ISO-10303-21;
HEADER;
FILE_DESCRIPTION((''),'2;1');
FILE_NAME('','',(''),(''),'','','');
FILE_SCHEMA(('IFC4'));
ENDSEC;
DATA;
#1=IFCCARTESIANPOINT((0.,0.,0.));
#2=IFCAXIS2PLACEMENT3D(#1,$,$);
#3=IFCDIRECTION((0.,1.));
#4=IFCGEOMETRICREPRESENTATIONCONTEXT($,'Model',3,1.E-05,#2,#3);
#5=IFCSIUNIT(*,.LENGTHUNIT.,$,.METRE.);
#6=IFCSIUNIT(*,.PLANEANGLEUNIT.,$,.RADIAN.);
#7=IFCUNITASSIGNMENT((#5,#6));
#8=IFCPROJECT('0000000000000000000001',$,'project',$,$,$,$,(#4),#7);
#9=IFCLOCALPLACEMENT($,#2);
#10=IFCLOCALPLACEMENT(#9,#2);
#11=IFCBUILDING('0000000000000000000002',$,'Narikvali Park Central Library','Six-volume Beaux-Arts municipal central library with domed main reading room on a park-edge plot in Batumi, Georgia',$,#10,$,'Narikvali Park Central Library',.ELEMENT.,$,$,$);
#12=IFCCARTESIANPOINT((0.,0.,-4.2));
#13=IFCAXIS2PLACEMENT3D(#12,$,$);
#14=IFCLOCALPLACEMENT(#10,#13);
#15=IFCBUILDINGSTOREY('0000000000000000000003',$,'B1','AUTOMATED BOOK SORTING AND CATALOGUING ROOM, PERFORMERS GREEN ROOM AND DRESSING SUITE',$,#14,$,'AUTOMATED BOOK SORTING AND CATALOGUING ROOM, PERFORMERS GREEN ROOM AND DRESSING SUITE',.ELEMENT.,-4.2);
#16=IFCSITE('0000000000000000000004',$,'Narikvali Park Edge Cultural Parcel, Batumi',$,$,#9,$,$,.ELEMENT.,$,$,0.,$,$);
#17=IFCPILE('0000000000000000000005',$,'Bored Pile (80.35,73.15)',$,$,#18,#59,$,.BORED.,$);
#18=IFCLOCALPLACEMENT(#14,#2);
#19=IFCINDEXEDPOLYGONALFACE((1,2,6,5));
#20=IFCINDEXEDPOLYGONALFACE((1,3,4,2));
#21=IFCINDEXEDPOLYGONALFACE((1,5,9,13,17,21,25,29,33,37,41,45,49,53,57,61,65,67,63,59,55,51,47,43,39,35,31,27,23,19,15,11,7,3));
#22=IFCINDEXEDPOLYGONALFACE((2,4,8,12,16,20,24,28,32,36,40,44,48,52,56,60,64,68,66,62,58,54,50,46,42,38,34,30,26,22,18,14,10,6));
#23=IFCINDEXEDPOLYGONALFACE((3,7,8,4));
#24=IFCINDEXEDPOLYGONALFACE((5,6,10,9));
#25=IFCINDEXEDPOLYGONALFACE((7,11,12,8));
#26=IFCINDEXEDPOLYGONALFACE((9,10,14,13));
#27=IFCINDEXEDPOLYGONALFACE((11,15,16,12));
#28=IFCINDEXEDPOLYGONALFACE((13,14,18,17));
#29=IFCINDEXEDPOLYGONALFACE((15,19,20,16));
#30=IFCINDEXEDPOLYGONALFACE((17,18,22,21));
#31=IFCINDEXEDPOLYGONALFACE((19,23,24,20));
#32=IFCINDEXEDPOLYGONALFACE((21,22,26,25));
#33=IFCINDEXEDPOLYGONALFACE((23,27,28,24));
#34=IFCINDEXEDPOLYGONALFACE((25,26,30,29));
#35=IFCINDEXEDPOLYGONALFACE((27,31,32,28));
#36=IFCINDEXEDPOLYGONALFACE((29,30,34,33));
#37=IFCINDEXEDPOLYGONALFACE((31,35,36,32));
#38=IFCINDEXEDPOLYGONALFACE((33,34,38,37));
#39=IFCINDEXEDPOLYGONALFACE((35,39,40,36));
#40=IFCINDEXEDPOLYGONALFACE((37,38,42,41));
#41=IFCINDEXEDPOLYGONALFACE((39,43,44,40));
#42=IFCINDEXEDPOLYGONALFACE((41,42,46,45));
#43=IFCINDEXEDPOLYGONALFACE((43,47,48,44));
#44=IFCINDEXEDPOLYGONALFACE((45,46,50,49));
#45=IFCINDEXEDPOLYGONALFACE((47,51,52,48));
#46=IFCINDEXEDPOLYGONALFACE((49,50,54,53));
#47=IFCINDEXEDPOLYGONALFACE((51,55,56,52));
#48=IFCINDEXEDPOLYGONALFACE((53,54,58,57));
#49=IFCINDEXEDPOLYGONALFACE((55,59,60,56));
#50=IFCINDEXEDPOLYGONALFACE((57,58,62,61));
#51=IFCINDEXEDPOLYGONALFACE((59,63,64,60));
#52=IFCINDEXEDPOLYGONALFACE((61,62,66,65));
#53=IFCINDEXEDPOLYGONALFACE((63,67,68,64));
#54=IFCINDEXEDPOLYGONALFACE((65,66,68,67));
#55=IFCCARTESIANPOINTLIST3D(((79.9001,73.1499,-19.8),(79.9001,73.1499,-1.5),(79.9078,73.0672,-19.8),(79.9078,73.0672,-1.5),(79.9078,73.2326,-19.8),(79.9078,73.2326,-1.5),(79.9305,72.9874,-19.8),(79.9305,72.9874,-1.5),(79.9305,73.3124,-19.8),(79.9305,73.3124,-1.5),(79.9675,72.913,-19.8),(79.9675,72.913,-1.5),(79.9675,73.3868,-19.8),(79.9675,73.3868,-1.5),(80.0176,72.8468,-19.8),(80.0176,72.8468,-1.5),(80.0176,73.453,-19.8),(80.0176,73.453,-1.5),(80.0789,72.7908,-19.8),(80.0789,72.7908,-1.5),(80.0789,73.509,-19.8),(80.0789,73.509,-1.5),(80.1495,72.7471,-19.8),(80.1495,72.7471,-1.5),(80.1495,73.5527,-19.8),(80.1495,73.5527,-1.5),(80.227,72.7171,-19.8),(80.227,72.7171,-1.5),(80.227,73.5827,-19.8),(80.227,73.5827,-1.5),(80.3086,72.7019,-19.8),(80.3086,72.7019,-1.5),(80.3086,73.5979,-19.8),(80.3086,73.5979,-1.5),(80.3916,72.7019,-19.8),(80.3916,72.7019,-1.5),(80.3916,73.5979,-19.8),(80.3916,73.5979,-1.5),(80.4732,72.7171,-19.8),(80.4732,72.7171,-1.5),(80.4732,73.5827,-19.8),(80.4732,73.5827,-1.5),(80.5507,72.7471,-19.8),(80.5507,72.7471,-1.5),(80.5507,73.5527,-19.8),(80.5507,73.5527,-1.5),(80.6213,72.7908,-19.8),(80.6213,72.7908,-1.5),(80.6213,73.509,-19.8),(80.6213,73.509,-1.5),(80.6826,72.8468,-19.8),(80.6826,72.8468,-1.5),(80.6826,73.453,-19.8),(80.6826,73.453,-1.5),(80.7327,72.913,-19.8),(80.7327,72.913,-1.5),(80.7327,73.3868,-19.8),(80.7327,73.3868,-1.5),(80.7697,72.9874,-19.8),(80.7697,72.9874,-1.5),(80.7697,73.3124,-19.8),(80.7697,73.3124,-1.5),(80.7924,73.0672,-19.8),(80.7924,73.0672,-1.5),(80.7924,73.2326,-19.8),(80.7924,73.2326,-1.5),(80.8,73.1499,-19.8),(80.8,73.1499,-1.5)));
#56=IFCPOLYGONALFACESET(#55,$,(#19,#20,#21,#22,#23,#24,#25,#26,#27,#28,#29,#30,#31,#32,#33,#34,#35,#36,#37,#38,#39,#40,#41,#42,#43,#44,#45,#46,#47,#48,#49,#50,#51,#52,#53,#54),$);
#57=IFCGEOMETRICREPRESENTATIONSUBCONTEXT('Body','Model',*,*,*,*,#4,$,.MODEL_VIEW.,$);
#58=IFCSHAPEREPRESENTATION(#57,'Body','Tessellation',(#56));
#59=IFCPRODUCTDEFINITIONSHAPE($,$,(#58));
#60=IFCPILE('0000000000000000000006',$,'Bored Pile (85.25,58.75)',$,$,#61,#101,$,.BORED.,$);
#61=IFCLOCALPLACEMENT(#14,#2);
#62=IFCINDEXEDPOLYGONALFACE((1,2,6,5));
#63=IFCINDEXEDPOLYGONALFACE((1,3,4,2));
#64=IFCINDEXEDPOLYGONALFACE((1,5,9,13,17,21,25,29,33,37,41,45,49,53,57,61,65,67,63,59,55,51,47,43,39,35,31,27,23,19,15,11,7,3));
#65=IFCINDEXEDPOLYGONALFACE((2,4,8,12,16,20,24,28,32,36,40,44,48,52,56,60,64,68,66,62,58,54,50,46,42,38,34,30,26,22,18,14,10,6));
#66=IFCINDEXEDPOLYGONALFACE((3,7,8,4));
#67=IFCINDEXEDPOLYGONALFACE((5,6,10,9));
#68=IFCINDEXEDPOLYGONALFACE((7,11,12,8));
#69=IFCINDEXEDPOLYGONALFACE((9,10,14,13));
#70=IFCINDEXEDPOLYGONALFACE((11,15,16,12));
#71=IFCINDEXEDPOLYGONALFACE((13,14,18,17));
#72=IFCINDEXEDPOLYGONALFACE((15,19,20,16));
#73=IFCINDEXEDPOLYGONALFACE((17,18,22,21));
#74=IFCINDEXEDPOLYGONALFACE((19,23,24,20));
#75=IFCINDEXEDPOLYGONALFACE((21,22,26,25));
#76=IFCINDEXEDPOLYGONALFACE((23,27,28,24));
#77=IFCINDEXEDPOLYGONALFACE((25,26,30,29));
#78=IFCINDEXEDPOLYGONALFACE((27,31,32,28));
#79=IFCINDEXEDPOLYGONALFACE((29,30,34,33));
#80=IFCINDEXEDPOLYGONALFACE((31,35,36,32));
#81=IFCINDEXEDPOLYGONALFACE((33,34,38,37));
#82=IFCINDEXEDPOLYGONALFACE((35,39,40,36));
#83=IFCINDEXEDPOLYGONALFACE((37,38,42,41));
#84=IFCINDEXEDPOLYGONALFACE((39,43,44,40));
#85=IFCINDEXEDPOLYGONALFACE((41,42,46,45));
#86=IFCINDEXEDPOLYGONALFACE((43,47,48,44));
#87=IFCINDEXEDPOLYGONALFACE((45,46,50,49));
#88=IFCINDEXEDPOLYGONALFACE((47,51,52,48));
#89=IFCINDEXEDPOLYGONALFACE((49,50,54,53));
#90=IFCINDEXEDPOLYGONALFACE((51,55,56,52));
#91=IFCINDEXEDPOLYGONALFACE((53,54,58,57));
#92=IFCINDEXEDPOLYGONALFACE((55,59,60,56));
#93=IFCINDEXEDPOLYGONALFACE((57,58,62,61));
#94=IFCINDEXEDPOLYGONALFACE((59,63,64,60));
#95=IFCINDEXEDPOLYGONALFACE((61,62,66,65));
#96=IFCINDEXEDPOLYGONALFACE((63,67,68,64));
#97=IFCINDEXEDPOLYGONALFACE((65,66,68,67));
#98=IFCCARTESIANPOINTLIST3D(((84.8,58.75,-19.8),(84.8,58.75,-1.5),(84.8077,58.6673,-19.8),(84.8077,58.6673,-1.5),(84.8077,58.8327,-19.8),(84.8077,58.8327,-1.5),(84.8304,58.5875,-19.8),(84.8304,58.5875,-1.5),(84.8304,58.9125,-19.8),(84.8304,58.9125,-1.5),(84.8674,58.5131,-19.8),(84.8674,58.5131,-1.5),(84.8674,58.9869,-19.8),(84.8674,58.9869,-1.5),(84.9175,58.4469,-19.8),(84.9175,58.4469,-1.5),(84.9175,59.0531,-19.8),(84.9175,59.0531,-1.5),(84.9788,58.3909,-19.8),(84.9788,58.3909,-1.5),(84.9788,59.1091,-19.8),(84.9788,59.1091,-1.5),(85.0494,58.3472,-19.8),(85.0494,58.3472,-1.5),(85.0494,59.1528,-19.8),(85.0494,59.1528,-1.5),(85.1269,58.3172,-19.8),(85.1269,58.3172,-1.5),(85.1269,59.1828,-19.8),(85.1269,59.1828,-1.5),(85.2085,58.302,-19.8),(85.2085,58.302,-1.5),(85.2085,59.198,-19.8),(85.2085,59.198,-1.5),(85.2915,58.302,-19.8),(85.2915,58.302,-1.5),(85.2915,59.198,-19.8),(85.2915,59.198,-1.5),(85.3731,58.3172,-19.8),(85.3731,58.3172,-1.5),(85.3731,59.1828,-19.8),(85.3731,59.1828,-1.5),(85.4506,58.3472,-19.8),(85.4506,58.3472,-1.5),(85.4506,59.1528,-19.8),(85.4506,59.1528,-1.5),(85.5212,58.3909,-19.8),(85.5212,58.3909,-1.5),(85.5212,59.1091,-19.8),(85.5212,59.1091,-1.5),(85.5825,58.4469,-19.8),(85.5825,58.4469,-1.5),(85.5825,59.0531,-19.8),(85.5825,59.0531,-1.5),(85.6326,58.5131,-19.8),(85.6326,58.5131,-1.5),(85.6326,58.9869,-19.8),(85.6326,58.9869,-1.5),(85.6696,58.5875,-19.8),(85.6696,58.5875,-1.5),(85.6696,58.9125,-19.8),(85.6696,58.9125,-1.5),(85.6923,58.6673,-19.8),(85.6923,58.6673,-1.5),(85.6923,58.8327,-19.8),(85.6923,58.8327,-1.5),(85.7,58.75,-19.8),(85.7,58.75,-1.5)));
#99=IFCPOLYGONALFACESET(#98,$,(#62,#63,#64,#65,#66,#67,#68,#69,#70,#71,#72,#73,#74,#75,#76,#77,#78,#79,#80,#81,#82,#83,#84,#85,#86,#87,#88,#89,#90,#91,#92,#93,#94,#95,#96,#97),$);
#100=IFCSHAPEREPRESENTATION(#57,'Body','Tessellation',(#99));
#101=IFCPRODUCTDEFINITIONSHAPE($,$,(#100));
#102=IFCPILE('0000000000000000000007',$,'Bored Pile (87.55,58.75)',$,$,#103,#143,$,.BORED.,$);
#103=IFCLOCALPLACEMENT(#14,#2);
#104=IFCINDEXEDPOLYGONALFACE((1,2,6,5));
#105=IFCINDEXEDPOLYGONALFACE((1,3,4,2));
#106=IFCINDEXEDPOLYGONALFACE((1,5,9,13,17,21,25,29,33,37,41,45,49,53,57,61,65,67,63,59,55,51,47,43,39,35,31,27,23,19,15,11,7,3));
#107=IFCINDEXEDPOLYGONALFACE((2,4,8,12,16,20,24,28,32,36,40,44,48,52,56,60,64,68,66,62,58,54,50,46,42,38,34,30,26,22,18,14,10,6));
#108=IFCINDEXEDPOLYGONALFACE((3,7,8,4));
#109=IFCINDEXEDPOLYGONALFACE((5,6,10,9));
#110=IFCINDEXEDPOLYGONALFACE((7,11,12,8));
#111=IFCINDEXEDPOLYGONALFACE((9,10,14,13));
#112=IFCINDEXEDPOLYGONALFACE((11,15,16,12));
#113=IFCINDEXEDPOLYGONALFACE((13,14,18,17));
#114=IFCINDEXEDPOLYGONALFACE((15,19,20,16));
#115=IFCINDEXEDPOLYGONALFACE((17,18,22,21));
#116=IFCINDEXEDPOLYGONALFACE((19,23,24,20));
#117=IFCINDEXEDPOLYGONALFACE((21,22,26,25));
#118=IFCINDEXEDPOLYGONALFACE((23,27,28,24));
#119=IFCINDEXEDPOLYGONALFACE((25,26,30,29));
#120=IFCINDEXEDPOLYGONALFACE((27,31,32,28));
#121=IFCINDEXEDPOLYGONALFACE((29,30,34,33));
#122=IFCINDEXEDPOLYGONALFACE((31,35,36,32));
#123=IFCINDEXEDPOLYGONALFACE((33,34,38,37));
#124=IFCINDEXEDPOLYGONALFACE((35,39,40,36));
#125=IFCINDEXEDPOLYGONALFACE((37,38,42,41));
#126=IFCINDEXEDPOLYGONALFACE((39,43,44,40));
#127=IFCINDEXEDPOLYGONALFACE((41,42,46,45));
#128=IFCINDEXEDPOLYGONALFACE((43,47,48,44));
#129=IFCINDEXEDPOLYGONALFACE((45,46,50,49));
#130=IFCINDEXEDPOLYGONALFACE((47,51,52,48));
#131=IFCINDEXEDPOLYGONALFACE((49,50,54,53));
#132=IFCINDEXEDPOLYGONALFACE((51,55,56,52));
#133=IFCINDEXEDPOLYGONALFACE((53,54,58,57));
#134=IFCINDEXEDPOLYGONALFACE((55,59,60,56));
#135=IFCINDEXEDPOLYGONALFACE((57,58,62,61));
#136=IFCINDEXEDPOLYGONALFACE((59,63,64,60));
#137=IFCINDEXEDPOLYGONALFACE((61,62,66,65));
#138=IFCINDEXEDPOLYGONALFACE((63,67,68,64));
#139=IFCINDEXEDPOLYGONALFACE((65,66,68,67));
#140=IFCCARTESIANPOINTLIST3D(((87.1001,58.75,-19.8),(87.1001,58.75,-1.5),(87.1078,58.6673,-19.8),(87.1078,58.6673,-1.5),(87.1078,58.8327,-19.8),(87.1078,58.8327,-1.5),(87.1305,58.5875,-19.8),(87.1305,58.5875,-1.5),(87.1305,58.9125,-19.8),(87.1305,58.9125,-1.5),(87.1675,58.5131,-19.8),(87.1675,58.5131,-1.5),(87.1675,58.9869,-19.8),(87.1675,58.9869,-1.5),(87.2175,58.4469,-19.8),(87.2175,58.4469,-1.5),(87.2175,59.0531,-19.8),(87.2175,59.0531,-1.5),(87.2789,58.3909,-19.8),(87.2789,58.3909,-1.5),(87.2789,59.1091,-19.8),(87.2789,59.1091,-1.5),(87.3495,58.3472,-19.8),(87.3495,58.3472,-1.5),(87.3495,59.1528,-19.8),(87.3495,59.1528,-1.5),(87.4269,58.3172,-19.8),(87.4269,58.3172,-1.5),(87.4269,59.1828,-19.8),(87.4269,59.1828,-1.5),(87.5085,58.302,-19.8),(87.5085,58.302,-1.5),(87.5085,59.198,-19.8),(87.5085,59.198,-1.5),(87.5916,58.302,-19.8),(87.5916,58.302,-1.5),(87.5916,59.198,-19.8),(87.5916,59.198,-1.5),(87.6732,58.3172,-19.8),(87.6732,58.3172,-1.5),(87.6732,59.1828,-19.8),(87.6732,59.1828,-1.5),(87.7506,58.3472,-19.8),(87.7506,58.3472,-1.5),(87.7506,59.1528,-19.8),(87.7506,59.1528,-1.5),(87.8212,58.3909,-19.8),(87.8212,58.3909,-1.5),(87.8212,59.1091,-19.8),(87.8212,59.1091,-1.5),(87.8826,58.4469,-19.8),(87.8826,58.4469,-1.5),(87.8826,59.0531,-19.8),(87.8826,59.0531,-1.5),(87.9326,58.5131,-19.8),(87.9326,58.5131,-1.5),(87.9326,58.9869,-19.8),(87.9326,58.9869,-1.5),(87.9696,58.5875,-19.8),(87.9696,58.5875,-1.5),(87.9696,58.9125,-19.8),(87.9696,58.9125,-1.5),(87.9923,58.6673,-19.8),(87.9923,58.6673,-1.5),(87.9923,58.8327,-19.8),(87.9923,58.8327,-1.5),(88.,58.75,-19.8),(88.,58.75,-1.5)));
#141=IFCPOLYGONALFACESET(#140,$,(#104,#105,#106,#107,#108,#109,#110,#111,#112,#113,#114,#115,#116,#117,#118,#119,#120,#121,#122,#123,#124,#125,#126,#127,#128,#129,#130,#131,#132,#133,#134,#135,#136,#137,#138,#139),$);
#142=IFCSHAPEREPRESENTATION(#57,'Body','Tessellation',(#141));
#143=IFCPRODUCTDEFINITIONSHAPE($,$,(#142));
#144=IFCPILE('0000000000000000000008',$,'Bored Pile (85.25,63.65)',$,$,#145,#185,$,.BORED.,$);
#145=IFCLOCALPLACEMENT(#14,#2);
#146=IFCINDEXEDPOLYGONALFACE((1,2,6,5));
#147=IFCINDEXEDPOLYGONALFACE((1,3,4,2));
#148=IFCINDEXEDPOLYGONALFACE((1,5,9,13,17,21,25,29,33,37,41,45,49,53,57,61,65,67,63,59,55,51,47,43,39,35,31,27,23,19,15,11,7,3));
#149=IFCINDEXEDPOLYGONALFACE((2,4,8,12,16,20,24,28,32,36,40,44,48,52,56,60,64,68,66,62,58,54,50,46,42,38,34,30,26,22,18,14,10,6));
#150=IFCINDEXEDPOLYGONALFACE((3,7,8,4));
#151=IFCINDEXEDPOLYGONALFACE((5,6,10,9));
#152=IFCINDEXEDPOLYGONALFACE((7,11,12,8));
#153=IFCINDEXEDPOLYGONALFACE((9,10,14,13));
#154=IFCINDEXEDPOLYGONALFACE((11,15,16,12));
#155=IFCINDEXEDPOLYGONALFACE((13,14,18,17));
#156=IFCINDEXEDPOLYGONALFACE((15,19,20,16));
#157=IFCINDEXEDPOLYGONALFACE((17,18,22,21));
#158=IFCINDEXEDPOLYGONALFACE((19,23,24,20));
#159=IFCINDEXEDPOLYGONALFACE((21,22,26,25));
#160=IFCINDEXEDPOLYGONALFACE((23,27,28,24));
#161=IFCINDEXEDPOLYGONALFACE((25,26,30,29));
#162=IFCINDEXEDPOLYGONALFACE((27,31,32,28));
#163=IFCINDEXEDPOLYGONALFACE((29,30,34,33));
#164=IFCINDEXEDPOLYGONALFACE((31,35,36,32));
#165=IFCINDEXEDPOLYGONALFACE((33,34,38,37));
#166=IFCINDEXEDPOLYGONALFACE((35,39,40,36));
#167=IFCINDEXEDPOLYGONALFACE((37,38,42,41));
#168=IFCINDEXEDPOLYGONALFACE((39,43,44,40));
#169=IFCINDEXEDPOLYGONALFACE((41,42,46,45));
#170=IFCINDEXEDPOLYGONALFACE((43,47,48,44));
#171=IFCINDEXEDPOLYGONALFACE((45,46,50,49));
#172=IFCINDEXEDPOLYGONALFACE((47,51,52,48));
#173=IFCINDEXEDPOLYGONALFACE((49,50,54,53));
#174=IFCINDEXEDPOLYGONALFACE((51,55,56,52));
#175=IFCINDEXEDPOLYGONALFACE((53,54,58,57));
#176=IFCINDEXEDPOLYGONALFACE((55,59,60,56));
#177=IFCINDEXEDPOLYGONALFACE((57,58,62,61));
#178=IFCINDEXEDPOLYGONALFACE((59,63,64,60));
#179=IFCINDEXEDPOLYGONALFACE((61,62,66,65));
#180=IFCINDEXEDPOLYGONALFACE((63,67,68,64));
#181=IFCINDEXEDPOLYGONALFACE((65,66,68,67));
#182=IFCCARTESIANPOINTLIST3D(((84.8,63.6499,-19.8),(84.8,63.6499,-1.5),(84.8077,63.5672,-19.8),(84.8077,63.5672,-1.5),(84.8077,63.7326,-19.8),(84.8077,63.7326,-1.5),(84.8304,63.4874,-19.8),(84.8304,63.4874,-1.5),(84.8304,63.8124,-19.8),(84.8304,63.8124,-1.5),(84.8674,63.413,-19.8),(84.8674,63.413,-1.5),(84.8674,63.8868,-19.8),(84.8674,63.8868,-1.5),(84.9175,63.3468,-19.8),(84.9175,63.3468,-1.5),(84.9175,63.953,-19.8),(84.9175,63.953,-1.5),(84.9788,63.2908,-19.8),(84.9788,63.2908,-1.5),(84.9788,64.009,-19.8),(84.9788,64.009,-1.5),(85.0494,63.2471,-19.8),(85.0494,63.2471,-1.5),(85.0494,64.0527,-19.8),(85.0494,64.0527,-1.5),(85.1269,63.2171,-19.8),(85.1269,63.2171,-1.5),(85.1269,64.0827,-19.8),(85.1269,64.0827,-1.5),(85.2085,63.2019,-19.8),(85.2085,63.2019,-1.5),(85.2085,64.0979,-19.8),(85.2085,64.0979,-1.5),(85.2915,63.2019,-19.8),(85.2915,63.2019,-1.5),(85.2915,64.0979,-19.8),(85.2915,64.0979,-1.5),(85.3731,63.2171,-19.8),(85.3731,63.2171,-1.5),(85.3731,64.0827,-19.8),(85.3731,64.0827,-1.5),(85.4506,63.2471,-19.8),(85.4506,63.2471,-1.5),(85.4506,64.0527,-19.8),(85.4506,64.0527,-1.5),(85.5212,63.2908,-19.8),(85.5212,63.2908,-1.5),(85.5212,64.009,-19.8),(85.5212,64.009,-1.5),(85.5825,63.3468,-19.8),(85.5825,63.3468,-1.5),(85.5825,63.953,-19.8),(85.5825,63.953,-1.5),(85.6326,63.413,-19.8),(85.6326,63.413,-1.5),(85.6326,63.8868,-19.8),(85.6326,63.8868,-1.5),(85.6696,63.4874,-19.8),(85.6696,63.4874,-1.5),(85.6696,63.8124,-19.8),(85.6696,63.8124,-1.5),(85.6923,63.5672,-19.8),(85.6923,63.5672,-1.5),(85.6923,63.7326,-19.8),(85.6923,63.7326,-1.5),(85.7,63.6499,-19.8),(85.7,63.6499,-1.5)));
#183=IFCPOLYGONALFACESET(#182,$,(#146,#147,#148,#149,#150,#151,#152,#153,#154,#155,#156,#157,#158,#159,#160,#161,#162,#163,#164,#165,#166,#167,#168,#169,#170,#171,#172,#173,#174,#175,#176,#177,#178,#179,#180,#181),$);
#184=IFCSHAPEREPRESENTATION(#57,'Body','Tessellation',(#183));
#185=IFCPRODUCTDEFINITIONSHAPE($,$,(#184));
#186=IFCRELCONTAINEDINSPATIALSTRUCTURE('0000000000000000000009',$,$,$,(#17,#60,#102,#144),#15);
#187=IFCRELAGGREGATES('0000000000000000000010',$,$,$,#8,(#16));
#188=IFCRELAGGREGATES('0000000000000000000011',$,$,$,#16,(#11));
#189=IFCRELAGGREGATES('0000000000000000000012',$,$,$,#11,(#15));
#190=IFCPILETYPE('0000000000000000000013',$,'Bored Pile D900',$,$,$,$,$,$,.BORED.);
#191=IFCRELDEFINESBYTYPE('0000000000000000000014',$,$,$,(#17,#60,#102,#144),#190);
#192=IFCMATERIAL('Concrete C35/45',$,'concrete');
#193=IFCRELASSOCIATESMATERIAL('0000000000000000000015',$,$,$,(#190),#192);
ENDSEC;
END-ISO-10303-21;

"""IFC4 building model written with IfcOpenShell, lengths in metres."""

from ifc_helpers import new_model, si_unit, direction, frame, origin, origin_2d, place, context, subcontext, project, spatial, circle, extrude, material, material_profile, profile_set, type_object, element, save


model = new_model("IFC4")

# Units and contexts
model_context = context("Model", 3, precision=1e-05, world=origin(), true_north=direction((0.0, 1.0)))
body_context = subcontext(model_context, "Body", "Model", "MODEL_VIEW")
ifc_project = project(units=[si_unit("LENGTHUNIT", "METRE"), si_unit("PLANEANGLEUNIT", "RADIAN")], contexts=[model_context])

# Site, building, storey
site_placement = place(None, origin())
site = spatial("IfcSite", under=ifc_project, at=site_placement, Name="Narikvali Park Edge Cultural Parcel, Batumi", CompositionType="ELEMENT", RefElevation=0.0)
building_placement = place(site_placement, origin())
building = spatial("IfcBuilding", under=site, at=building_placement, Name="Narikvali Park Central Library", Description="Six-volume Beaux-Arts municipal central library with domed main reading room on a park-edge plot in Batumi, Georgia", LongName="Narikvali Park Central Library", CompositionType="ELEMENT")
storey_placement = place(building_placement, frame((0.0, 0.0, -4.2)))
storey = spatial("IfcBuildingStorey", under=building, at=storey_placement, Name="B1", Description="AUTOMATED BOOK SORTING AND CATALOGUING ROOM, PERFORMERS GREEN ROOM AND DRESSING SUITE", LongName="AUTOMATED BOOK SORTING AND CATALOGUING ROOM, PERFORMERS GREEN ROOM AND DRESSING SUITE", CompositionType="ELEMENT", Elevation=-4.2)

# Piles
ifc_material_1 = material(Name="Concrete C35/45", Category="concrete")
ifc_material_profile_1 = material_profile(ifc_material_1, circle(Radius=0.45, at=origin_2d()), Name="PILE D900")
ifc_profile_set_1 = profile_set([ifc_material_profile_1], Name="Concrete C35/45")
pile_type = type_object("IfcPileType", Name="Bored Pile D900", PredefinedType="BORED", material=ifc_profile_set_1)
for number, where, z_axis, x_axis, name in (
    (1, (80.3501, 73.1499, -1.5), (0.0, 0.0, -1.0), (1.0, 0.0, 0.0), "Bored Pile (80.35,73.15)"),
    (2, (85.25, 58.75, -1.5), (0.0, 0.0, -1.0), (1.0, 0.0, 0.0), "Bored Pile (85.25,58.75)"),
    (3, (87.55, 58.75, -1.5), (0.0, 0.0, -1.0), (1.0, 0.0, 0.0), "Bored Pile (87.55,58.75)"),
    (4, (85.25, 63.6499, -1.5), (0.0, 0.0, -1.0), (1.0, 0.0, 0.0), "Bored Pile (85.25,63.65)"),
):
    element("IfcPile", number, at=place(storey_placement, frame(where, z_axis=z_axis, x_axis=x_axis)), inside=storey, type_object=pile_type, Name=name, PredefinedType="BORED", context=body_context, shape_type="SweptSolid", body=[
        extrude(circle(Radius=0.45, at=origin_2d()), origin(), (0.0, 0.0, 1.0), 18.3),
    ])

save(model, "model.ifc")
